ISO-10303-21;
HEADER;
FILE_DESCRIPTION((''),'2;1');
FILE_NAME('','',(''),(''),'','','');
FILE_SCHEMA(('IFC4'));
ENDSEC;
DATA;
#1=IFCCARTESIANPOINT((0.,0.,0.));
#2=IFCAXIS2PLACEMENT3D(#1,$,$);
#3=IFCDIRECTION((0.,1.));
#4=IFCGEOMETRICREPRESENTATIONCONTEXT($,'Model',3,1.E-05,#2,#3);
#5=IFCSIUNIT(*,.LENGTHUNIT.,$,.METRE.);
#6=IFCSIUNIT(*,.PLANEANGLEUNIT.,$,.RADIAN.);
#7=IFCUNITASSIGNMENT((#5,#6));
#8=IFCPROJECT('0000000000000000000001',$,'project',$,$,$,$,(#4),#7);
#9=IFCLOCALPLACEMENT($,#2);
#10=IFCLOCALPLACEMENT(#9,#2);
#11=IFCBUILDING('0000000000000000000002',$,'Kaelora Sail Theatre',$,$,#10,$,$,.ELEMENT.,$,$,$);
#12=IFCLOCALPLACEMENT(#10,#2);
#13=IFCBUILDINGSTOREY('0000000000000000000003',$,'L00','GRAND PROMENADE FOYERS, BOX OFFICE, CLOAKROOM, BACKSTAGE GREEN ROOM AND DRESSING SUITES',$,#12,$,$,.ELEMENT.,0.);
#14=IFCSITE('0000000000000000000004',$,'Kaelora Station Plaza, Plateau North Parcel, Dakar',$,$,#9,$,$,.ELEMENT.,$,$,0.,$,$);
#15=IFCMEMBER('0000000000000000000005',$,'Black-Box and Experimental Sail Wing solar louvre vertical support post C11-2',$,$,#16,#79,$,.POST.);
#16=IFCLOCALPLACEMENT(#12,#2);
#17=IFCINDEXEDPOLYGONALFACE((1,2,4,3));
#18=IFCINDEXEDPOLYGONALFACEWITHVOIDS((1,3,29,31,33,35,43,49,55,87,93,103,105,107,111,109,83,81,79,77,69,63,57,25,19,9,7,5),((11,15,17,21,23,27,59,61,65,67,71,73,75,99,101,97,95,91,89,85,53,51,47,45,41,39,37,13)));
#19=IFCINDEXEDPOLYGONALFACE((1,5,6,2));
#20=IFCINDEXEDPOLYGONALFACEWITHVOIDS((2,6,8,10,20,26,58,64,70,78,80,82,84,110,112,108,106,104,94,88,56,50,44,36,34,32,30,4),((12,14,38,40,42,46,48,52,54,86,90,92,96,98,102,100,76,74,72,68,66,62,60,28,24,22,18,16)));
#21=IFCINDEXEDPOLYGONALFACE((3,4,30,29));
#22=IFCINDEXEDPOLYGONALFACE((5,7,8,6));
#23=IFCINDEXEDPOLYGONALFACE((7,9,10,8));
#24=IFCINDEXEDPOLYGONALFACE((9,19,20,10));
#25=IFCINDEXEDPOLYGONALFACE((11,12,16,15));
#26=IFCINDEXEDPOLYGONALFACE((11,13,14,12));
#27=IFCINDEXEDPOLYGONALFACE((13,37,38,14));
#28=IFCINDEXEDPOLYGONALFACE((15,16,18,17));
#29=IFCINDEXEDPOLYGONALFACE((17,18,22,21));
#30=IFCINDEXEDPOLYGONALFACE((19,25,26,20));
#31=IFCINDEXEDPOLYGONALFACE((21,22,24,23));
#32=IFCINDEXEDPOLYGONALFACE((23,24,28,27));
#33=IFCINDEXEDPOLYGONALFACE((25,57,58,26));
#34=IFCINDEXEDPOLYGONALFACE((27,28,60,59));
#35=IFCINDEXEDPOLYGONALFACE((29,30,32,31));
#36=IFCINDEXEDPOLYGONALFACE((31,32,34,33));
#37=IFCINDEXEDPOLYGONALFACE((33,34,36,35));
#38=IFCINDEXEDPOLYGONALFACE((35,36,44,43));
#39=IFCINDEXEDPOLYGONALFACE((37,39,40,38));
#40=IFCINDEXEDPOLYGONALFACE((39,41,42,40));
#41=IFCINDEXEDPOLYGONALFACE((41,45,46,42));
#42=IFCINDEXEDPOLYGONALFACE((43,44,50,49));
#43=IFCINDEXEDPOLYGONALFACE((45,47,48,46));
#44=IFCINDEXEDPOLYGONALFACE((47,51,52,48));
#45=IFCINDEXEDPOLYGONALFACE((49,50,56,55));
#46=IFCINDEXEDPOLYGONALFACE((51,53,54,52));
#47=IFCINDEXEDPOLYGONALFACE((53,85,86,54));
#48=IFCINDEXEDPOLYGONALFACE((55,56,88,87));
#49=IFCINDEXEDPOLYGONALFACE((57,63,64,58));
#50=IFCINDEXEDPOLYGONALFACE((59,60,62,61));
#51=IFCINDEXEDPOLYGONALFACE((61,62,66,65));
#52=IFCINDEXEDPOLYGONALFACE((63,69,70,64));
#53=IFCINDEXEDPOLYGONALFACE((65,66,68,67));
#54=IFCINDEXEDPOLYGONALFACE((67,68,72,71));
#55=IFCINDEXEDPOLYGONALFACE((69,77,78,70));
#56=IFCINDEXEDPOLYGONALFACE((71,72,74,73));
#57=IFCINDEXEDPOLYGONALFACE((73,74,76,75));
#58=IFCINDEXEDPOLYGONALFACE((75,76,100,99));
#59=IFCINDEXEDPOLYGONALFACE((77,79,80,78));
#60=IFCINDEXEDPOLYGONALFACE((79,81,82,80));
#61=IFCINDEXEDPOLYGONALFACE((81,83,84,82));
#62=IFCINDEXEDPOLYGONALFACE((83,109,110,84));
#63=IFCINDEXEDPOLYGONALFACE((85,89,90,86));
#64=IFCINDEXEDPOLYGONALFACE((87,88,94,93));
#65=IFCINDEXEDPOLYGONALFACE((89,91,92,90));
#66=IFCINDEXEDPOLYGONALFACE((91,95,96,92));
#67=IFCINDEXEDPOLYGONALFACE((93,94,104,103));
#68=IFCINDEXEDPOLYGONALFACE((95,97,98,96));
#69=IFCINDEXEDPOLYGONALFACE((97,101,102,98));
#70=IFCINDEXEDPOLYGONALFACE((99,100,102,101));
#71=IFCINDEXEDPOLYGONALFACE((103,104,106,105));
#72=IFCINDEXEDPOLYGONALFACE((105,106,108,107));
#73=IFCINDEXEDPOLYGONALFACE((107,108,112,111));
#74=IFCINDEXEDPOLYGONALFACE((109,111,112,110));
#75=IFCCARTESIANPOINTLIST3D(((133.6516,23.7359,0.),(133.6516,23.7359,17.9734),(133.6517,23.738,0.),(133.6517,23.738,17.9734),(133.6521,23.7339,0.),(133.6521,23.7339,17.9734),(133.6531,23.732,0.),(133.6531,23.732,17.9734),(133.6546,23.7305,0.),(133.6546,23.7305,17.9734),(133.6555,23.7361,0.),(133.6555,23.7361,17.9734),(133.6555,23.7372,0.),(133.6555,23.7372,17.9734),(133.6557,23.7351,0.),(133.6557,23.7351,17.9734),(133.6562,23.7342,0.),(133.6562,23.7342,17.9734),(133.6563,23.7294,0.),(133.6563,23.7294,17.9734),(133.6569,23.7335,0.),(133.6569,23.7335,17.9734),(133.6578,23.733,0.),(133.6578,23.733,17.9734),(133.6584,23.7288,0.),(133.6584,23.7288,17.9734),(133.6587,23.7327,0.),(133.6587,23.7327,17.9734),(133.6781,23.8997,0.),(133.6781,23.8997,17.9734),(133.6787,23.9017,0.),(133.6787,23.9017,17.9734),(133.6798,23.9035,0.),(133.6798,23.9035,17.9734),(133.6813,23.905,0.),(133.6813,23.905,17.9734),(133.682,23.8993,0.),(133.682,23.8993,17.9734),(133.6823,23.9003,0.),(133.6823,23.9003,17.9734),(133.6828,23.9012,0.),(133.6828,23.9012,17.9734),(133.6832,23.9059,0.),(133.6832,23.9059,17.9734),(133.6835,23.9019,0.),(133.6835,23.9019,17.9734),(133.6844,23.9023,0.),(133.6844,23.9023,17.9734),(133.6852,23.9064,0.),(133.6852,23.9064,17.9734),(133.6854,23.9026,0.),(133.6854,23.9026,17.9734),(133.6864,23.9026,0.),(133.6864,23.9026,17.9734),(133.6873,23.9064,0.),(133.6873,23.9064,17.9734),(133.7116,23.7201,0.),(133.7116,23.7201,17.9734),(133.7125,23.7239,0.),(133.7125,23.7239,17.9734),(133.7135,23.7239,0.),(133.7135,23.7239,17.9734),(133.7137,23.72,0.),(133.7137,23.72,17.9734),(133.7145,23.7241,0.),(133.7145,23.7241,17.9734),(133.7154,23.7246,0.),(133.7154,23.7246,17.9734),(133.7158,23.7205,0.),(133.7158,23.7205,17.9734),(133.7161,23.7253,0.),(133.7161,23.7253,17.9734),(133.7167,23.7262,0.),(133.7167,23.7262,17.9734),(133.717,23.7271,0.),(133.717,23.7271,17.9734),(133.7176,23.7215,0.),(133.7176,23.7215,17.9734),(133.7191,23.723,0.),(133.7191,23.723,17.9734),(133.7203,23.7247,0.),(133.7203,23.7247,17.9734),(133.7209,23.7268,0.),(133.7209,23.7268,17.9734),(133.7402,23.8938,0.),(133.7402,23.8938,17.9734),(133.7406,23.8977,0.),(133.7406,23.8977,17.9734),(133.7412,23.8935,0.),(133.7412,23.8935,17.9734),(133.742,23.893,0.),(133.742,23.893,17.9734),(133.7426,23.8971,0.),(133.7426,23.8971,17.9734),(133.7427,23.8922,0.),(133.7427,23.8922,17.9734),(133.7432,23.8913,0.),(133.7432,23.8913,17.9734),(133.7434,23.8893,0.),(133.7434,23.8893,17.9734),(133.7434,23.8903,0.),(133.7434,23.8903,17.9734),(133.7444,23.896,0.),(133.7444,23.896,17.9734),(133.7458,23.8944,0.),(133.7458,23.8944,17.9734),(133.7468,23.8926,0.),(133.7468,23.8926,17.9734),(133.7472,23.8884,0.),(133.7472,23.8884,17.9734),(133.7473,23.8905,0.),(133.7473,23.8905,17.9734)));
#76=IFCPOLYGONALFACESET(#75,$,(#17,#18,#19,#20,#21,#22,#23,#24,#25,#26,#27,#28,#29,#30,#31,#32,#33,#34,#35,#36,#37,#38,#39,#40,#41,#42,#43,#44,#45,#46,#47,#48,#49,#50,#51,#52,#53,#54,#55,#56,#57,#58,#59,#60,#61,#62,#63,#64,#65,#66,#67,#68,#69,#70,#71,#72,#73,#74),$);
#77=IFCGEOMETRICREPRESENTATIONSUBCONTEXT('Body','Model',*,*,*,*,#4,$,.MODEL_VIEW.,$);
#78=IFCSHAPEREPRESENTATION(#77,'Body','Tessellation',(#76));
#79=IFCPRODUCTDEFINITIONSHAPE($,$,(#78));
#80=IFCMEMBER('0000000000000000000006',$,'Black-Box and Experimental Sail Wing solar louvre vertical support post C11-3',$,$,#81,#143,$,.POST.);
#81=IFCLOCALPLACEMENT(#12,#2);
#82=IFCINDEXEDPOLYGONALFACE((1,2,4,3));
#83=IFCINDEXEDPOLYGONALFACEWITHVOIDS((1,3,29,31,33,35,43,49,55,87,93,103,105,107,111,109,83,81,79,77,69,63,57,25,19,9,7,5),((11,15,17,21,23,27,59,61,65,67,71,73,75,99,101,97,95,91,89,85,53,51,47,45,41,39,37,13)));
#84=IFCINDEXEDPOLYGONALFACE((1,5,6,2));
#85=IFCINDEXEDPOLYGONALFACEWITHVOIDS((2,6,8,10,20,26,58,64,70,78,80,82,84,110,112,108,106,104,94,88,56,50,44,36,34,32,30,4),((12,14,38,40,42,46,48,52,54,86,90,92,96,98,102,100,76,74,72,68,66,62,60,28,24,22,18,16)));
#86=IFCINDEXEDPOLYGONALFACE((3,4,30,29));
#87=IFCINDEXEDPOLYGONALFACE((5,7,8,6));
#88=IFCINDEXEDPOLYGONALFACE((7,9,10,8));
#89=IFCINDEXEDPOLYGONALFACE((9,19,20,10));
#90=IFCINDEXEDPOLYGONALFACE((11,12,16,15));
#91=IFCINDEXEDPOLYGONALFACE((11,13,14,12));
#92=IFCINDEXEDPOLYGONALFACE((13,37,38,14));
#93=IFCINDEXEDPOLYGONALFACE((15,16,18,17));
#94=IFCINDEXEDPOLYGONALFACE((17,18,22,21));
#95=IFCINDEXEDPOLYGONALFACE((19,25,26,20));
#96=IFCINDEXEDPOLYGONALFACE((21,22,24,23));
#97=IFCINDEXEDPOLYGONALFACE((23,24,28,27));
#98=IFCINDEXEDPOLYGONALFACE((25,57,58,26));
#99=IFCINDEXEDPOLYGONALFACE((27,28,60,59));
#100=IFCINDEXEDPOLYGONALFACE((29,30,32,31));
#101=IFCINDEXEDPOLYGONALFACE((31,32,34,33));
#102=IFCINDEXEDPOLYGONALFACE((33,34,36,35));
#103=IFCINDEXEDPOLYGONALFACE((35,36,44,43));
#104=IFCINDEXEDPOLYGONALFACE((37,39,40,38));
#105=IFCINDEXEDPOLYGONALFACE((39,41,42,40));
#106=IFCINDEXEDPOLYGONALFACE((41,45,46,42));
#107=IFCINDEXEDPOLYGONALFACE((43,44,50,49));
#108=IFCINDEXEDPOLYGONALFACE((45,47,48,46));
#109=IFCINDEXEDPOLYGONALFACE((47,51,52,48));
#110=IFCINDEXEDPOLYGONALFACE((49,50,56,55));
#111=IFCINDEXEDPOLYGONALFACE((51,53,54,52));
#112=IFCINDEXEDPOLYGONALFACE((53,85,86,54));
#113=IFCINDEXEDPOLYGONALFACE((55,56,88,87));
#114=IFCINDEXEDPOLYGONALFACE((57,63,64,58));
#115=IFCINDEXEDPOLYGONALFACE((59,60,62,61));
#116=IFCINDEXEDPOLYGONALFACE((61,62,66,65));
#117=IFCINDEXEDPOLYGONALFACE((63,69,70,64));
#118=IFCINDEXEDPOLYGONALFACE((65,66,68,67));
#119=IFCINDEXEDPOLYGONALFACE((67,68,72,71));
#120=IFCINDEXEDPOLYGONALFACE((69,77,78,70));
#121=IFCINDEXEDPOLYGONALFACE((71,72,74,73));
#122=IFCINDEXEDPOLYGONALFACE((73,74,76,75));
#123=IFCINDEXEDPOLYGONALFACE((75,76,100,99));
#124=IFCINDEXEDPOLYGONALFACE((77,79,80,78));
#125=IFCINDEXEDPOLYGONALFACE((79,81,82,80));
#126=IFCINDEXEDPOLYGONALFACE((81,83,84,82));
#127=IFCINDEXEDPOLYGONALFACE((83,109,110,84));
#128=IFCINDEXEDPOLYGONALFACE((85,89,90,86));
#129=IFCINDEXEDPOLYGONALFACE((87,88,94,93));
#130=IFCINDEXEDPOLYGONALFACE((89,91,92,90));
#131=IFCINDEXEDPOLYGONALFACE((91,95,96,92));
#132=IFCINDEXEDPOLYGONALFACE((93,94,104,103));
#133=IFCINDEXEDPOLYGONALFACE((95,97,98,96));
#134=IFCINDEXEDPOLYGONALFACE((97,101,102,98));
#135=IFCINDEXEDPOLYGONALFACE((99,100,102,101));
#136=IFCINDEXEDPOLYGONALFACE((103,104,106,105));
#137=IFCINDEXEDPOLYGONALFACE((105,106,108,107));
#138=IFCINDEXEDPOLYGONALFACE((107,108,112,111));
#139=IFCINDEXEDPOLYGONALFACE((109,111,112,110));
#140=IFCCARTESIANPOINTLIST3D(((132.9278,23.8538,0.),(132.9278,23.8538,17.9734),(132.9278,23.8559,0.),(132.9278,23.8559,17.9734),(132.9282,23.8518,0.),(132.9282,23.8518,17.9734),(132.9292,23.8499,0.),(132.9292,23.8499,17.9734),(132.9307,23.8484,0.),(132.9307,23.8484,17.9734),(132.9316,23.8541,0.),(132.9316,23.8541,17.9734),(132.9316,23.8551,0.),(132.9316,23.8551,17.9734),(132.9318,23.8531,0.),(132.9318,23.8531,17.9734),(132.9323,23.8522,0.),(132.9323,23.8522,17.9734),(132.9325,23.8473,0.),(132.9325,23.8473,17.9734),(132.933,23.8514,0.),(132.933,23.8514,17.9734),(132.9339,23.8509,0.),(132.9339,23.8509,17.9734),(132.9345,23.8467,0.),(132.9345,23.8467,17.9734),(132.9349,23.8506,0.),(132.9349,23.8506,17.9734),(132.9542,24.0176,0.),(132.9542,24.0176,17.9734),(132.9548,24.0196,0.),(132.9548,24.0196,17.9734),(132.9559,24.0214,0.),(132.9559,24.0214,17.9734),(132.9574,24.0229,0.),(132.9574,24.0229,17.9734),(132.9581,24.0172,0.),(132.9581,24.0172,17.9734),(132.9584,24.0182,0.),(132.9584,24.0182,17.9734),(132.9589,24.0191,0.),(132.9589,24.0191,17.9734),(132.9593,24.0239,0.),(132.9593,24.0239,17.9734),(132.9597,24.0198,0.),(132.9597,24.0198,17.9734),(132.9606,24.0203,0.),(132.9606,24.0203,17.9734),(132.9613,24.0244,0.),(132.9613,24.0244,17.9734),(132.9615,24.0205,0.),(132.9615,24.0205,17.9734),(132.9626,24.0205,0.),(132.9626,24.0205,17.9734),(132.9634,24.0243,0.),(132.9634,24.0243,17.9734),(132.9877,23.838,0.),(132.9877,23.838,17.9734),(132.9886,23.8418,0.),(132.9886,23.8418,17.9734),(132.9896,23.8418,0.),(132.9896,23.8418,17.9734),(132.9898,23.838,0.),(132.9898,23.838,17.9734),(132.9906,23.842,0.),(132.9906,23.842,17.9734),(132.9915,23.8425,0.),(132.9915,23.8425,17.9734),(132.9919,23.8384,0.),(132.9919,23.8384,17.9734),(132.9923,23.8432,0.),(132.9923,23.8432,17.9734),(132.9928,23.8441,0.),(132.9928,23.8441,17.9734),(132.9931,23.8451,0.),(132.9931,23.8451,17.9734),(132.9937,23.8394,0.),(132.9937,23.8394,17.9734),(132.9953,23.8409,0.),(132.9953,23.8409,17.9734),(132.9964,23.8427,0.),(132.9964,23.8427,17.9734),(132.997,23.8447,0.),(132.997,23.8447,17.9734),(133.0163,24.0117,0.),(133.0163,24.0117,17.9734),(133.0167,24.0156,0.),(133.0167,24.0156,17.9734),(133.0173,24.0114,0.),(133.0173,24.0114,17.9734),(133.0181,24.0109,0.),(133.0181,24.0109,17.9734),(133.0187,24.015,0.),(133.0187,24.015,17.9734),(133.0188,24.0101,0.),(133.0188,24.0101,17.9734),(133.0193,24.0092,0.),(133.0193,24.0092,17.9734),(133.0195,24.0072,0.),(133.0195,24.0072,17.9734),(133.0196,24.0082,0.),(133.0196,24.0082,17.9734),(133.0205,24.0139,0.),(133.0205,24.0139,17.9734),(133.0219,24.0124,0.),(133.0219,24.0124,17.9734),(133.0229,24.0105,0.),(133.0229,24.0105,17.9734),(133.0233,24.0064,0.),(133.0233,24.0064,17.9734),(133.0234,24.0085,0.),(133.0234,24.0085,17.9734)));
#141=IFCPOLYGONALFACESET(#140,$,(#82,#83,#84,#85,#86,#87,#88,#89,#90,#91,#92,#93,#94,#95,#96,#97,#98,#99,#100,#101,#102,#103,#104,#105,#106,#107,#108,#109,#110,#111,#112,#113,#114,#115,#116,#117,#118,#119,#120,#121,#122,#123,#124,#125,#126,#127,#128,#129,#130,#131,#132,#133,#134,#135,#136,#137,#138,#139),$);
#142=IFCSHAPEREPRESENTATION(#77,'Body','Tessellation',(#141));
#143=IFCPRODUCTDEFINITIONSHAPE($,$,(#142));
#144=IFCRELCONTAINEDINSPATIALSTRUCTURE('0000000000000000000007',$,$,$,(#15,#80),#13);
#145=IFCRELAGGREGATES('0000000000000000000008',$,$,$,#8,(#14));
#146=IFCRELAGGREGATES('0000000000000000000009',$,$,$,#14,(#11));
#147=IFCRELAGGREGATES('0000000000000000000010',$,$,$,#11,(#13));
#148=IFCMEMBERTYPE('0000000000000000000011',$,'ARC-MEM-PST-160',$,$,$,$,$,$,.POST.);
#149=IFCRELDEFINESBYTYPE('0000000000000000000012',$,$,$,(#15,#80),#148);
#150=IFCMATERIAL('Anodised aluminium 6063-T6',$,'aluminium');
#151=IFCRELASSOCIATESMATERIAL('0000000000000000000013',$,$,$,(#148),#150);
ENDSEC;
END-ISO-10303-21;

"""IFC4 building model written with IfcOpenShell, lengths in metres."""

from ifc_helpers import new_model, si_unit, direction, frame, origin, origin_2d, place, context, subcontext, project, spatial, hollow_rectangle, extrude, material, material_profile, profile_set, type_object, element, save


model = new_model("IFC4")

# Units and contexts
model_context = context("Model", 3, precision=1e-05, world=origin(), true_north=direction((0.0, 1.0)))
body_context = subcontext(model_context, "Body", "Model", "MODEL_VIEW")
ifc_project = project(units=[si_unit("LENGTHUNIT", "METRE"), si_unit("PLANEANGLEUNIT", "RADIAN")], contexts=[model_context])

# Site, building, storey
site_placement = place(None, origin())
site = spatial("IfcSite", under=ifc_project, at=site_placement, Name="Kaelora Station Plaza, Plateau North Parcel, Dakar", CompositionType="ELEMENT", RefElevation=0.0)
building_placement = place(site_placement, origin())
building = spatial("IfcBuilding", under=site, at=building_placement, Name="Kaelora Sail Theatre", CompositionType="ELEMENT")
storey_placement = place(building_placement, origin())
storey = spatial("IfcBuildingStorey", under=building, at=storey_placement, Name="L00", Description="GRAND PROMENADE FOYERS, BOX OFFICE, CLOAKROOM, BACKSTAGE GREEN ROOM AND DRESSING SUITES", CompositionType="ELEMENT", Elevation=0.0)

# Members
ifc_material_1 = material(Name="Anodised aluminium 6063-T6", Category="aluminium")
ifc_material_profile_1 = material_profile(ifc_material_1, hollow_rectangle(XDim=0.0701, YDim=0.1799, WallThickness=0.0039, InnerFilletRadius=0.0039, OuterFilletRadius=0.0081, at=origin_2d()), Name="ALU-MULL 70x180x4")
ifc_profile_set_1 = profile_set([ifc_material_profile_1], Name="Anodised aluminium 6063-T6")
member_type_1 = type_object("IfcMemberType", Name="ARC-MEM-PST-160", PredefinedType="POST", material=ifc_profile_set_1)
for number, where, z_axis, x_axis, name in (
    (1, (133.6995, 23.8132, 0.0), (0.0, 0.0, 1.0), (-0.986968, 0.160915, 0.0), "Black-Box and Experimental Sail Wing solar louvre vertical support post C11-2"),
    (2, (132.9756, 23.9312, 0.0), (0.0, 0.0, 1.0), (-0.986968, 0.160915, 0.0), "Black-Box and Experimental Sail Wing solar louvre vertical support post C11-3"),
):
    element("IfcMember", number, at=place(storey_placement, frame(where, z_axis=z_axis, x_axis=x_axis)), inside=storey, type_object=member_type_1, Name=name, PredefinedType="POST", context=body_context, shape_type="SweptSolid", body=[
        extrude(hollow_rectangle(XDim=0.0701, YDim=0.1799, WallThickness=0.0039, InnerFilletRadius=0.0039, OuterFilletRadius=0.0081, at=origin_2d()), origin(), (0.0, 0.0, 1.0), 17.9734),
    ])

save(model, "model.ifc")
